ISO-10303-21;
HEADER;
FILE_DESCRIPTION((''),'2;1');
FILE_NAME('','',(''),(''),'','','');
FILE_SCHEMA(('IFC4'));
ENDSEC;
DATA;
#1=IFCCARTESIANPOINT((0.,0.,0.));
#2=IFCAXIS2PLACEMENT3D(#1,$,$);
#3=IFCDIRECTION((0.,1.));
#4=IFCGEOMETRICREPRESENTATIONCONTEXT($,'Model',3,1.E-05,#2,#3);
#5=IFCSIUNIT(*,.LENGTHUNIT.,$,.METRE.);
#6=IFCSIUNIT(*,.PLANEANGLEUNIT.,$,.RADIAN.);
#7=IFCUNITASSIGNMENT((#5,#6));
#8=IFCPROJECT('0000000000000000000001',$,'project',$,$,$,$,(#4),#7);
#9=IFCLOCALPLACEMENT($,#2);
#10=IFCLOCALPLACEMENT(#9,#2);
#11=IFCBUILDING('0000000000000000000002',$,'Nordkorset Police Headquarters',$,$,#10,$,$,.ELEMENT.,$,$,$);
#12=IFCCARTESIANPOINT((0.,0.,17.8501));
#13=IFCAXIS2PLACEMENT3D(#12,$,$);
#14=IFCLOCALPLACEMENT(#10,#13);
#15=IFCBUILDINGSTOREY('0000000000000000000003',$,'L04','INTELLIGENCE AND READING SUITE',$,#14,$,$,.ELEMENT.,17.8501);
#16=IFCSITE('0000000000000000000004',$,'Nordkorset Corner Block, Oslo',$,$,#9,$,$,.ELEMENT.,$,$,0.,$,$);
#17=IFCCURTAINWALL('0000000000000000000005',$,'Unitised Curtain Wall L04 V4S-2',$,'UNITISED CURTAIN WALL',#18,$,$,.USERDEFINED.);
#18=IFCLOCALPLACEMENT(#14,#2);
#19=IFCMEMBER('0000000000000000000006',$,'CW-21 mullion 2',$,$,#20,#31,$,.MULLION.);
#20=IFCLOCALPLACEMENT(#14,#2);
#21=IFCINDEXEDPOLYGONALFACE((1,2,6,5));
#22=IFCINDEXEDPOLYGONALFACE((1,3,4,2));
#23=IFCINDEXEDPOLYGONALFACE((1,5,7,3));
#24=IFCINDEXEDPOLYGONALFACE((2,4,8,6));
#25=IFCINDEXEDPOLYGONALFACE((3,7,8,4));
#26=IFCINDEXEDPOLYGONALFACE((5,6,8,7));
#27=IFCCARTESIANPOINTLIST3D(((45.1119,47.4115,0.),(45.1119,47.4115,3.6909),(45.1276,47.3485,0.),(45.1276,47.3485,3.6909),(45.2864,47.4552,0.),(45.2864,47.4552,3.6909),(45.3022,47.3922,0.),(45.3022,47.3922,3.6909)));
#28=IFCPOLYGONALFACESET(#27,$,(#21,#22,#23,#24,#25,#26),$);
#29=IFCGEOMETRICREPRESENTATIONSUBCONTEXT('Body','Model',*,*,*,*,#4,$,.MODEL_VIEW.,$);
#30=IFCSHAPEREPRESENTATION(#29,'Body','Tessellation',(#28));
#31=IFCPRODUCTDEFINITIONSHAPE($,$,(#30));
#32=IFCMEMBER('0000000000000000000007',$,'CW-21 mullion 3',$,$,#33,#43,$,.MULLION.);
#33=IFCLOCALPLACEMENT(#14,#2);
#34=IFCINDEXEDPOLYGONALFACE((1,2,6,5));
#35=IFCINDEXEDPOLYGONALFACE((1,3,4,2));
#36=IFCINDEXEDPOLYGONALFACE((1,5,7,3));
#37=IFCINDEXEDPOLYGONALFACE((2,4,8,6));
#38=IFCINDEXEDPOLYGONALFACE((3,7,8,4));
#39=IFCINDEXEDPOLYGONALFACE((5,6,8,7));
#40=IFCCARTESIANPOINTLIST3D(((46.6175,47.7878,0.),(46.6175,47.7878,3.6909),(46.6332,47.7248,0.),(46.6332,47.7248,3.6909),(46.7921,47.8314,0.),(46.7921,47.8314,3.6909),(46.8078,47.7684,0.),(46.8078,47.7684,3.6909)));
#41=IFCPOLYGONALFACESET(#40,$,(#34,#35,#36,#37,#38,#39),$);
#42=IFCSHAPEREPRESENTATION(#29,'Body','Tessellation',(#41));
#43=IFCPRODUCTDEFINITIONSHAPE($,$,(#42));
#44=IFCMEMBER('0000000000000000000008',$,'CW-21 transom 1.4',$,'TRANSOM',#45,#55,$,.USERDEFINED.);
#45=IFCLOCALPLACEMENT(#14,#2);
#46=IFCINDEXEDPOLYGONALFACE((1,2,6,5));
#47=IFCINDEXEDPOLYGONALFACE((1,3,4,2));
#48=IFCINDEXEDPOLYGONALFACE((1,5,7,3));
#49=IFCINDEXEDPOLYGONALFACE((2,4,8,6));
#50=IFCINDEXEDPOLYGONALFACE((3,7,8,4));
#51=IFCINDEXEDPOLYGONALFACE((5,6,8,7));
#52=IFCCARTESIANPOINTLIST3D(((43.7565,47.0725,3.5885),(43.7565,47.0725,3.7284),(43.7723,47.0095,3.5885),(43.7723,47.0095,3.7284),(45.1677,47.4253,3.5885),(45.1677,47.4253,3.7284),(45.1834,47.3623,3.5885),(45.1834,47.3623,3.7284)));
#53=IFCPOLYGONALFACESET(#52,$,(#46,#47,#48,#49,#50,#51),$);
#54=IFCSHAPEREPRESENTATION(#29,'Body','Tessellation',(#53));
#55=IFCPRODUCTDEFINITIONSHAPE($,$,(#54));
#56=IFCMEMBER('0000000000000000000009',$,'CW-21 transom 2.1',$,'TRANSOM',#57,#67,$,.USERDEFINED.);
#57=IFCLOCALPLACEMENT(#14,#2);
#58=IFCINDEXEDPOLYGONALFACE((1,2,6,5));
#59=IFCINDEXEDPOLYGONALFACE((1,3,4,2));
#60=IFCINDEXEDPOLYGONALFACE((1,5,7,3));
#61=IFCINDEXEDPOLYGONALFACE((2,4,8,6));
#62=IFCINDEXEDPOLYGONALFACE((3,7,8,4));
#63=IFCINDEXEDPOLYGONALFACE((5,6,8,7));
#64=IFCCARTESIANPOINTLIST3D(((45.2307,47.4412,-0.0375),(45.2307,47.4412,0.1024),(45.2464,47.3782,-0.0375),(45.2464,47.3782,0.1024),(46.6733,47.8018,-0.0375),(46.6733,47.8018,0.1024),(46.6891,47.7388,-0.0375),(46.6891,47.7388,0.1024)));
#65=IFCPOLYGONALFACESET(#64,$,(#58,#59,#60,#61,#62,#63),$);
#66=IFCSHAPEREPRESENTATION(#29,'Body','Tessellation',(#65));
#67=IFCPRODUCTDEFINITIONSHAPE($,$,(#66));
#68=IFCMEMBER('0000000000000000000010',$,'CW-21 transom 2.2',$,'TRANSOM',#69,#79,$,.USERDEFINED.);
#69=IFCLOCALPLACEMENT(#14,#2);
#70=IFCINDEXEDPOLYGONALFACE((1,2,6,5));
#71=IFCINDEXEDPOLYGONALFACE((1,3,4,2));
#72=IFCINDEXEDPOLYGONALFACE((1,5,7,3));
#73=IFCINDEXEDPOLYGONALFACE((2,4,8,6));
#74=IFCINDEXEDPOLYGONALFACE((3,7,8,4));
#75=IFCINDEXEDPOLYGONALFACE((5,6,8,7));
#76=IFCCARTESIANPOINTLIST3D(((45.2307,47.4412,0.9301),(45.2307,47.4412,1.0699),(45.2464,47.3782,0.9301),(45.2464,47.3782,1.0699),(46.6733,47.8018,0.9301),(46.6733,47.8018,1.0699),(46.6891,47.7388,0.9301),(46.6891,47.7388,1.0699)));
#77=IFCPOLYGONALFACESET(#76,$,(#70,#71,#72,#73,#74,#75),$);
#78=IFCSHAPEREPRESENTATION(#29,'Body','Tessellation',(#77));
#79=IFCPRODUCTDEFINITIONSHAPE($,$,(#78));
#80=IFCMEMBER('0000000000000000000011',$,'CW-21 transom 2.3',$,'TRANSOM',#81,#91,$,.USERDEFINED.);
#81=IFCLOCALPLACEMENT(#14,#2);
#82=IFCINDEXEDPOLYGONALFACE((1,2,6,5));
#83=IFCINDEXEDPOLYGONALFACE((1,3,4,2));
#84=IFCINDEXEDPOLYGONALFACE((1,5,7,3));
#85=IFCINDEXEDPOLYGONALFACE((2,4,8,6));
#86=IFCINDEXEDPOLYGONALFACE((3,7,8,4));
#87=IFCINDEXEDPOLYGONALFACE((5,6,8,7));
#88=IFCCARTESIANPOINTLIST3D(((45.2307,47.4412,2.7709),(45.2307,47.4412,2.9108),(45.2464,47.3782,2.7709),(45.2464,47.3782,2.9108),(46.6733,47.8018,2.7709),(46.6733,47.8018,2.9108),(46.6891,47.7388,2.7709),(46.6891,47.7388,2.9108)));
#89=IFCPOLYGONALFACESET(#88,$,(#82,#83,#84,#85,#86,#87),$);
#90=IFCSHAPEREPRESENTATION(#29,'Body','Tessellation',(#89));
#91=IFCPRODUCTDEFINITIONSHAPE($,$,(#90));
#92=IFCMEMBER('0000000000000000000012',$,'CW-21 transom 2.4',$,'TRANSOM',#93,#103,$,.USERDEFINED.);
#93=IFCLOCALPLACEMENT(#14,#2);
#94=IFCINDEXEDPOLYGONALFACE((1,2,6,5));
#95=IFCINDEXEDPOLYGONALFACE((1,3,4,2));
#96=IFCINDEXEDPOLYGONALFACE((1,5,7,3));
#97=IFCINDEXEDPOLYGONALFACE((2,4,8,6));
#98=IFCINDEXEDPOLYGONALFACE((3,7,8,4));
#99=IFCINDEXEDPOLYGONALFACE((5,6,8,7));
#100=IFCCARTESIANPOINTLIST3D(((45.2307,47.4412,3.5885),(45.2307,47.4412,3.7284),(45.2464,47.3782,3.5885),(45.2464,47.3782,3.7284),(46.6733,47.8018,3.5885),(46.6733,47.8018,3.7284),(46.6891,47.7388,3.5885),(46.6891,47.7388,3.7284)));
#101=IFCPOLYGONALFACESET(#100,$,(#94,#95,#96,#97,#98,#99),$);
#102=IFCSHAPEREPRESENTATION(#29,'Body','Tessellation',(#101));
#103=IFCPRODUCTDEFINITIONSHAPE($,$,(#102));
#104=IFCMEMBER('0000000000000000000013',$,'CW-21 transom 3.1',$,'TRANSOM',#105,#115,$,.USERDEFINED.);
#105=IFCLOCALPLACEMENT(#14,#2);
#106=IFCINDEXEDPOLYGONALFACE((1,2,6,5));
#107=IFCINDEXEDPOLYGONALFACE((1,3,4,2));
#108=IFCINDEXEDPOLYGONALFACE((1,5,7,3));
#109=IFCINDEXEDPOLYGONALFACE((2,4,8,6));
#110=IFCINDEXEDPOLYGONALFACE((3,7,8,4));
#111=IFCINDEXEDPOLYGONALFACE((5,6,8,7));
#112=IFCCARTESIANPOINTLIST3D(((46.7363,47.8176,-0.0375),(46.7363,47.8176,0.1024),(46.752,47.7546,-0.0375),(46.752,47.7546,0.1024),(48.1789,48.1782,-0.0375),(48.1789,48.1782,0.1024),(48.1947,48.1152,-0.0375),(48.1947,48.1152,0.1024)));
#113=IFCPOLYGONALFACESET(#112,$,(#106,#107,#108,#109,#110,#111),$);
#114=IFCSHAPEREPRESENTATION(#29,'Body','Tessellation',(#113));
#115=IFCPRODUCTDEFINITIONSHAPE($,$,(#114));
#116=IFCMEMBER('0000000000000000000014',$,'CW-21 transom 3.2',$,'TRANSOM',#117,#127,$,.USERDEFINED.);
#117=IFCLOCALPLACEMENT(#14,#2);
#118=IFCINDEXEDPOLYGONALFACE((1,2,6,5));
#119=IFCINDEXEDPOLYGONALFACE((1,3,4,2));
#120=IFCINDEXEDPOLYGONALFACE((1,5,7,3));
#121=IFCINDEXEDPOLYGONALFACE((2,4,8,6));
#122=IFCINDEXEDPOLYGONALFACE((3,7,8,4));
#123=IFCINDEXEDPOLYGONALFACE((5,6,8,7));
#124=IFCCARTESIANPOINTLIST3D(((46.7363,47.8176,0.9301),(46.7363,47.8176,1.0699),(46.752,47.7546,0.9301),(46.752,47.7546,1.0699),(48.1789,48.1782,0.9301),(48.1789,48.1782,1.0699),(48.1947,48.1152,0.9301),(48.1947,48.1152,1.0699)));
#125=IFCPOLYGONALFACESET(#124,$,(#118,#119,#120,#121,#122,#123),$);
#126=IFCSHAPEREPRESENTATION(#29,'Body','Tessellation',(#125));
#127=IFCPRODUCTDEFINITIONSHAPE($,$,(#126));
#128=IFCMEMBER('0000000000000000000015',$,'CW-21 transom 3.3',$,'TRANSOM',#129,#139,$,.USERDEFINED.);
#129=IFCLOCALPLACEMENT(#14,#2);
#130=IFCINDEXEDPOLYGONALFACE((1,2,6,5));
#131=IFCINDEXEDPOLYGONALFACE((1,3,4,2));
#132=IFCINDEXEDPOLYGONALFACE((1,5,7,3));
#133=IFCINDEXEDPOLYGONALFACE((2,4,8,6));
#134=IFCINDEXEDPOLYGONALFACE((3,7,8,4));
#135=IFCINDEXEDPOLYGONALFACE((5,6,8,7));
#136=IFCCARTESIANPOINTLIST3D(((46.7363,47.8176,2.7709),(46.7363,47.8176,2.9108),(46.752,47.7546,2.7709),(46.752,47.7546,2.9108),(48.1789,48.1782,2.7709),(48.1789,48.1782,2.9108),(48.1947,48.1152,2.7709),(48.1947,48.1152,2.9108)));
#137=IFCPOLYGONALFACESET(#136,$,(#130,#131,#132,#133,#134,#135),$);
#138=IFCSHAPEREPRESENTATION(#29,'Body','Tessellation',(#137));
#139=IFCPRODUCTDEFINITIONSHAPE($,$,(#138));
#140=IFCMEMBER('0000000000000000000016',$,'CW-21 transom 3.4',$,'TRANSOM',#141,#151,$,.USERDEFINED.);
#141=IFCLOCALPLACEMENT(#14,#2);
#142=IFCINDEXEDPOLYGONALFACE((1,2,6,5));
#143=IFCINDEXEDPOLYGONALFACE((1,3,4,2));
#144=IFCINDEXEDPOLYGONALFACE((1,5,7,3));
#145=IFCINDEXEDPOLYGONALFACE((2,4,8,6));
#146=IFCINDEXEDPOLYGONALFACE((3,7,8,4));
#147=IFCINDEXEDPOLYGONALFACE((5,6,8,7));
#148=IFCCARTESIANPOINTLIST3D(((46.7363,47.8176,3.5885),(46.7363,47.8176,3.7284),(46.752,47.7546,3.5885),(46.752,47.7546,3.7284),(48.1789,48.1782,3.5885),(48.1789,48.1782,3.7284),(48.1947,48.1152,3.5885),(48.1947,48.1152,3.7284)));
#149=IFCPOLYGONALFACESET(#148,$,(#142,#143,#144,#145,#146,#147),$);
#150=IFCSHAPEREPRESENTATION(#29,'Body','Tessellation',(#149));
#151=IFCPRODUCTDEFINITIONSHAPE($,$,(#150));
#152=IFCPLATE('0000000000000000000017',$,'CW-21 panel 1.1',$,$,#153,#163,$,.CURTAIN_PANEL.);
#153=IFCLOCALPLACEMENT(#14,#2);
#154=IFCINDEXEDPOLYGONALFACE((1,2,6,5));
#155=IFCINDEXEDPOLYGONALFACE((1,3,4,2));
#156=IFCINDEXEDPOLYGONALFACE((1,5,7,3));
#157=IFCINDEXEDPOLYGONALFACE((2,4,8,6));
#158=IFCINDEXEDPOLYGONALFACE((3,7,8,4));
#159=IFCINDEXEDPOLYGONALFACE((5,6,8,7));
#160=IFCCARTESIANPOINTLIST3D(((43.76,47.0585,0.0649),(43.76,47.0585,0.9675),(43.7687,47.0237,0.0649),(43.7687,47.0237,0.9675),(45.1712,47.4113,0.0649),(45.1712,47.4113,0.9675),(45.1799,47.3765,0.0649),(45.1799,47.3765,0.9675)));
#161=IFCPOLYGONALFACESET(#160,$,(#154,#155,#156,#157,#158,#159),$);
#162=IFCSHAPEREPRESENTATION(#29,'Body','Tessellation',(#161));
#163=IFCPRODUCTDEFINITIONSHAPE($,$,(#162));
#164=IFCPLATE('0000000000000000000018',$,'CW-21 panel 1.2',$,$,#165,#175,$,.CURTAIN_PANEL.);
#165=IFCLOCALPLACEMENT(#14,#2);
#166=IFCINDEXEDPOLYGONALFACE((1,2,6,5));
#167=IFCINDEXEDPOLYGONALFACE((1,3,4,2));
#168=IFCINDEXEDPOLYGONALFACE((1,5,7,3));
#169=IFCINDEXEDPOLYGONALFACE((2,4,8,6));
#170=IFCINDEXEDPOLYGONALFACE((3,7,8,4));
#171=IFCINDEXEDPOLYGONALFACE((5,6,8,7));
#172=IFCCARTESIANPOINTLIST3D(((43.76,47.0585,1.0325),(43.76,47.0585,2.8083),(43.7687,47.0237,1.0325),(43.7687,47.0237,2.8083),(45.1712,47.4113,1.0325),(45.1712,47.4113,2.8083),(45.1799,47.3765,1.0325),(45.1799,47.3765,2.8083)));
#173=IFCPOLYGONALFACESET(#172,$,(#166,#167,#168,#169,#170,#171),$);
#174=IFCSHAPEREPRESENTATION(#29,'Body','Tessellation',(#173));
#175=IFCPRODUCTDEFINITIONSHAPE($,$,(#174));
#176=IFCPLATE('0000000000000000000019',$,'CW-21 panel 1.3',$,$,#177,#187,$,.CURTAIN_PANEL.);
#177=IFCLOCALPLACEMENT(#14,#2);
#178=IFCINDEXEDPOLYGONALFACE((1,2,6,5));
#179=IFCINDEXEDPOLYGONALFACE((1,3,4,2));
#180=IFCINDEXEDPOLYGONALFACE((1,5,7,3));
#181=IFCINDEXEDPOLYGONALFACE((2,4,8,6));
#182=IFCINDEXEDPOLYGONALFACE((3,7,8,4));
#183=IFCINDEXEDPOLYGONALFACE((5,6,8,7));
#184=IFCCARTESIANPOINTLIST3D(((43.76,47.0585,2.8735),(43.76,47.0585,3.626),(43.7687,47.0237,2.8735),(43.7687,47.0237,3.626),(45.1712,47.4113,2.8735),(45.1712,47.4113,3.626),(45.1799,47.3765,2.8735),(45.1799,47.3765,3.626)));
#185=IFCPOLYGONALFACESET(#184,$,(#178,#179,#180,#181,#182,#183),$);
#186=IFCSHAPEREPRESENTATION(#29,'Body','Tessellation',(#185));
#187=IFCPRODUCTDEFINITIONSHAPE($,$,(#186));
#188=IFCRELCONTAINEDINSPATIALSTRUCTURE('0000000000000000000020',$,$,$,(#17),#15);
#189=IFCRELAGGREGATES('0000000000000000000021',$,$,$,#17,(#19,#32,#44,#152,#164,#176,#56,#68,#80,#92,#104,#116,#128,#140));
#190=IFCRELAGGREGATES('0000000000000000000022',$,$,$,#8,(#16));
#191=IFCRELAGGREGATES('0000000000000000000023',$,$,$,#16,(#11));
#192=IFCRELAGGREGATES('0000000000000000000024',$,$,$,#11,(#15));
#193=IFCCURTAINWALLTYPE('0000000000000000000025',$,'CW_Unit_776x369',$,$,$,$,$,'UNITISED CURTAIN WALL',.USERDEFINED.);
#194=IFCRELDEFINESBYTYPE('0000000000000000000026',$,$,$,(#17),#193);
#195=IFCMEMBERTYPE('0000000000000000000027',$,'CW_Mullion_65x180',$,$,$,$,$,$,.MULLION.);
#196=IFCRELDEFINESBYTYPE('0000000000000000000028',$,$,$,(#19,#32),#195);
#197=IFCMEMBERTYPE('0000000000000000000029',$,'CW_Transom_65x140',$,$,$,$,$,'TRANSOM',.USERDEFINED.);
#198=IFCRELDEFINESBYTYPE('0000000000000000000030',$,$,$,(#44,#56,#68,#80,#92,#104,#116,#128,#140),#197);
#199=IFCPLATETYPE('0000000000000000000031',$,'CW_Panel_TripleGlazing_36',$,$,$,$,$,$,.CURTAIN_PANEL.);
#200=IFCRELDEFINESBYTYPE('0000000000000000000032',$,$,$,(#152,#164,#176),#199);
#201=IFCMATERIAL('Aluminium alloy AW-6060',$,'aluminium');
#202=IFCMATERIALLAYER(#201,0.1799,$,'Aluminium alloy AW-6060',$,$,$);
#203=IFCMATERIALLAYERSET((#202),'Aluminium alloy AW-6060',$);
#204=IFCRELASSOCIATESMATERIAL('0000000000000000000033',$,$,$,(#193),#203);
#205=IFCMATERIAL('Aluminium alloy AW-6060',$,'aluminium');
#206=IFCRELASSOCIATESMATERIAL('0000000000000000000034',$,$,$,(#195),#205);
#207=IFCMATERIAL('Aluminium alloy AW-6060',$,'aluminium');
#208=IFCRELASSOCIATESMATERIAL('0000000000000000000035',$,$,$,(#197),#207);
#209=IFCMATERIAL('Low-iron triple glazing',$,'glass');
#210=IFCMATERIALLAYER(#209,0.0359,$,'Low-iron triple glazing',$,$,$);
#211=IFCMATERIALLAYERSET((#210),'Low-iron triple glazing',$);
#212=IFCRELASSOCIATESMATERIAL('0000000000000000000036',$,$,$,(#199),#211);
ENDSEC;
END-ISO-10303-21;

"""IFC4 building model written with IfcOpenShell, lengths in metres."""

from ifc_helpers import new_model, si_unit, direction, frame, origin, origin_2d, place, context, subcontext, project, spatial, rectangle, extrude, material, layer, layer_set, material_profile, profile_set, type_object, element, aggregate, save


model = new_model("IFC4")

# Units and contexts
model_context = context("Model", 3, precision=1e-05, world=origin(), true_north=direction((0.0, 1.0)))
body_context = subcontext(model_context, "Body", "Model", "MODEL_VIEW")
ifc_project = project(units=[si_unit("LENGTHUNIT", "METRE"), si_unit("PLANEANGLEUNIT", "RADIAN")], contexts=[model_context])

# Site, building, storey
site_placement = place(None, origin())
site = spatial("IfcSite", under=ifc_project, at=site_placement, Name="Nordkorset Corner Block, Oslo", CompositionType="ELEMENT", RefElevation=0.0)
building_placement = place(site_placement, origin())
building = spatial("IfcBuilding", under=site, at=building_placement, Name="Nordkorset Police Headquarters", CompositionType="ELEMENT")
storey_placement = place(building_placement, frame((0.0, 0.0, 17.8501)))
storey = spatial("IfcBuildingStorey", under=building, at=storey_placement, Name="L04", Description="INTELLIGENCE AND READING SUITE", CompositionType="ELEMENT", Elevation=17.8501)

# Curtain wall, members, plates
ifc_material_1 = material(Name="Aluminium alloy AW-6060", Category="aluminium")
ifc_layer_1 = layer(ifc_material_1, 0.1799, Name="Aluminium alloy AW-6060")
ifc_layer_set_1 = layer_set([ifc_layer_1], Name="Aluminium alloy AW-6060")
curtain_wall_type = type_object("IfcCurtainWallType", Name="CW_Unit_776x369", ElementType="UNITISED CURTAIN WALL", PredefinedType="USERDEFINED", material=ifc_layer_set_1)
curtain_wall_placement = place(storey_placement, origin())
curtain_wall = element("IfcCurtainWall", 1, at=curtain_wall_placement, inside=storey, type_object=curtain_wall_type, Name="Unitised Curtain Wall L04 V4S-2", ObjectType="UNITISED CURTAIN WALL", PredefinedType="USERDEFINED")
ifc_material_2 = material(Name="Aluminium alloy AW-6060", Category="aluminium")
ifc_material_profile_1 = material_profile(ifc_material_2, rectangle(XDim=0.0649, YDim=0.1799, at=origin_2d()), Name="ALU MULL 65x180")
ifc_profile_set_1 = profile_set([ifc_material_profile_1], Name="Aluminium alloy AW-6060")
member_type_1 = type_object("IfcMemberType", Name="CW_Mullion_65x180", PredefinedType="MULLION", material=ifc_profile_set_1)
member_1_placement = place(storey_placement, frame((45.207, 47.4019, 0.0), z_axis=(0.0, 0.0, 1.0), x_axis=(-0.242535, 0.970143, 0.0)))
member_1 = element("IfcMember", 2, at=member_1_placement, type_object=member_type_1, Name="CW-21 mullion 2", PredefinedType="MULLION", context=body_context, shape_type="SweptSolid", body=[
    extrude(rectangle(XDim=0.0649, YDim=0.1799, at=origin_2d()), origin(), (0.0, 0.0, 1.0), 3.6909),
])
member_2_placement = place(storey_placement, frame((46.7126, 47.7781, 0.0), z_axis=(0.0, 0.0, 1.0), x_axis=(-0.242535, 0.970143, 0.0)))
member_2 = element("IfcMember", 3, at=member_2_placement, type_object=member_type_1, Name="CW-21 mullion 3", PredefinedType="MULLION", context=body_context, shape_type="SweptSolid", body=[
    extrude(rectangle(XDim=0.0649, YDim=0.1799, at=origin_2d()), origin(), (0.0, 0.0, 1.0), 3.6909),
])
ifc_material_3 = material(Name="Aluminium alloy AW-6060", Category="aluminium")
ifc_material_profile_2 = material_profile(ifc_material_3, rectangle(XDim=0.0649, YDim=0.1399, at=origin_2d()), Name="ALU TRAN 65x140")
ifc_profile_set_2 = profile_set([ifc_material_profile_2], Name="Aluminium alloy AW-6060")
member_type_2 = type_object("IfcMemberType", Name="CW_Transom_65x140", ElementType="TRANSOM", PredefinedType="USERDEFINED", material=ifc_profile_set_2)
member_3_placement = place(storey_placement, frame((43.7644, 47.041, 3.6584), z_axis=(0.970143, 0.242536, 0.0), x_axis=(-0.242536, 0.970143, 0.0)))
member_3 = element("IfcMember", 4, at=member_3_placement, type_object=member_type_2, Name="CW-21 transom 1.4", ObjectType="TRANSOM", PredefinedType="USERDEFINED", context=body_context, shape_type="SweptSolid", body=[
    extrude(rectangle(XDim=0.0649, YDim=0.1399, at=origin_2d()), origin(), (0.0, 0.0, 1.0), 1.4546),
])
member_4_placement = place(storey_placement, frame((45.2385, 47.4097, 0.0325), z_axis=(0.970152, 0.242497, 0.0), x_axis=(-0.242497, 0.970152, 0.0)))
member_4 = element("IfcMember", 5, at=member_4_placement, type_object=member_type_2, Name="CW-21 transom 2.1", ObjectType="TRANSOM", PredefinedType="USERDEFINED", context=body_context, shape_type="SweptSolid", body=[
    extrude(rectangle(XDim=0.0649, YDim=0.1399, at=origin_2d()), origin(), (0.0, 0.0, 1.0), 1.4871),
])
member_5_placement = place(storey_placement, frame((45.2385, 47.4097, 1.0), z_axis=(0.970152, 0.242497, 0.0), x_axis=(-0.242497, 0.970152, 0.0)))
member_5 = element("IfcMember", 6, at=member_5_placement, type_object=member_type_2, Name="CW-21 transom 2.2", ObjectType="TRANSOM", PredefinedType="USERDEFINED", context=body_context, shape_type="SweptSolid", body=[
    extrude(rectangle(XDim=0.0649, YDim=0.1399, at=origin_2d()), origin(), (0.0, 0.0, 1.0), 1.4871),
])
member_6_placement = place(storey_placement, frame((45.2385, 47.4097, 2.8408), z_axis=(0.970152, 0.242497, 0.0), x_axis=(-0.242497, 0.970152, 0.0)))
member_6 = element("IfcMember", 7, at=member_6_placement, type_object=member_type_2, Name="CW-21 transom 2.3", ObjectType="TRANSOM", PredefinedType="USERDEFINED", context=body_context, shape_type="SweptSolid", body=[
    extrude(rectangle(XDim=0.0649, YDim=0.1399, at=origin_2d()), origin(), (0.0, 0.0, 1.0), 1.4871),
])
member_7_placement = place(storey_placement, frame((45.2385, 47.4097, 3.6584), z_axis=(0.970152, 0.242497, 0.0), x_axis=(-0.242497, 0.970152, 0.0)))
member_7 = element("IfcMember", 8, at=member_7_placement, type_object=member_type_2, Name="CW-21 transom 2.4", ObjectType="TRANSOM", PredefinedType="USERDEFINED", context=body_context, shape_type="SweptSolid", body=[
    extrude(rectangle(XDim=0.0649, YDim=0.1399, at=origin_2d()), origin(), (0.0, 0.0, 1.0), 1.4871),
])
member_8_placement = place(storey_placement, frame((46.7441, 47.7861, 0.0325), z_axis=(0.970152, 0.242497, 0.0), x_axis=(-0.242497, 0.970152, 0.0)))
member_8 = element("IfcMember", 9, at=member_8_placement, type_object=member_type_2, Name="CW-21 transom 3.1", ObjectType="TRANSOM", PredefinedType="USERDEFINED", context=body_context, shape_type="SweptSolid", body=[
    extrude(rectangle(XDim=0.0649, YDim=0.1399, at=origin_2d()), origin(), (0.0, 0.0, 1.0), 1.4871),
])
member_9_placement = place(storey_placement, frame((46.7441, 47.7861, 1.0), z_axis=(0.970152, 0.242497, 0.0), x_axis=(-0.242497, 0.970152, 0.0)))
member_9 = element("IfcMember", 10, at=member_9_placement, type_object=member_type_2, Name="CW-21 transom 3.2", ObjectType="TRANSOM", PredefinedType="USERDEFINED", context=body_context, shape_type="SweptSolid", body=[
    extrude(rectangle(XDim=0.0649, YDim=0.1399, at=origin_2d()), origin(), (0.0, 0.0, 1.0), 1.4871),
])
member_10_placement = place(storey_placement, frame((46.7441, 47.7861, 2.8408), z_axis=(0.970152, 0.242497, 0.0), x_axis=(-0.242497, 0.970152, 0.0)))
member_10 = element("IfcMember", 11, at=member_10_placement, type_object=member_type_2, Name="CW-21 transom 3.3", ObjectType="TRANSOM", PredefinedType="USERDEFINED", context=body_context, shape_type="SweptSolid", body=[
    extrude(rectangle(XDim=0.0649, YDim=0.1399, at=origin_2d()), origin(), (0.0, 0.0, 1.0), 1.4871),
])
member_11_placement = place(storey_placement, frame((46.7441, 47.7861, 3.6584), z_axis=(0.970152, 0.242497, 0.0), x_axis=(-0.242497, 0.970152, 0.0)))
member_11 = element("IfcMember", 12, at=member_11_placement, type_object=member_type_2, Name="CW-21 transom 3.4", ObjectType="TRANSOM", PredefinedType="USERDEFINED", context=body_context, shape_type="SweptSolid", body=[
    extrude(rectangle(XDim=0.0649, YDim=0.1399, at=origin_2d()), origin(), (0.0, 0.0, 1.0), 1.4871),
])
ifc_material_4 = material(Name="Low-iron triple glazing", Category="glass")
ifc_layer_2 = layer(ifc_material_4, 0.0359, Name="Low-iron triple glazing")
ifc_layer_set_2 = layer_set([ifc_layer_2], Name="Low-iron triple glazing")
plate_type = type_object("IfcPlateType", Name="CW_Panel_TripleGlazing_36", PredefinedType="CURTAIN_PANEL", material=ifc_layer_set_2)
plate_1_placement = place(storey_placement, frame((44.47, 47.2175, 0.0649), z_axis=(0.0, 0.0, 1.0), x_axis=(0.970143, 0.242535, 0.0)))
plate_1 = element("IfcPlate", 13, at=plate_1_placement, type_object=plate_type, Name="CW-21 panel 1.1", PredefinedType="CURTAIN_PANEL", context=body_context, shape_type="SweptSolid", body=[
    extrude(rectangle(XDim=1.4546, YDim=0.0359, at=origin_2d()), origin(), (0.0, 0.0, 1.0), 0.9026),
])
plate_2_placement = place(storey_placement, frame((44.47, 47.2175, 1.0325), z_axis=(0.0, 0.0, 1.0), x_axis=(0.970143, 0.242535, 0.0)))
plate_2 = element("IfcPlate", 14, at=plate_2_placement, type_object=plate_type, Name="CW-21 panel 1.2", PredefinedType="CURTAIN_PANEL", context=body_context, shape_type="SweptSolid", body=[
    extrude(rectangle(XDim=1.4546, YDim=0.0359, at=origin_2d()), origin(), (0.0, 0.0, 1.0), 1.7759),
])
plate_3_placement = place(storey_placement, frame((44.47, 47.2175, 2.8735), z_axis=(0.0, 0.0, 1.0), x_axis=(0.970143, 0.242535, 0.0)))
plate_3 = element("IfcPlate", 15, at=plate_3_placement, type_object=plate_type, Name="CW-21 panel 1.3", PredefinedType="CURTAIN_PANEL", context=body_context, shape_type="SweptSolid", body=[
    extrude(rectangle(XDim=1.4546, YDim=0.0359, at=origin_2d()), origin(), (0.0, 0.0, 1.0), 0.7524),
])
aggregate(curtain_wall, [member_1, member_2, member_3, plate_1, plate_2, plate_3, member_4, member_5, member_6, member_7, member_8, member_9, member_10, member_11])

save(model, "model.ifc")
